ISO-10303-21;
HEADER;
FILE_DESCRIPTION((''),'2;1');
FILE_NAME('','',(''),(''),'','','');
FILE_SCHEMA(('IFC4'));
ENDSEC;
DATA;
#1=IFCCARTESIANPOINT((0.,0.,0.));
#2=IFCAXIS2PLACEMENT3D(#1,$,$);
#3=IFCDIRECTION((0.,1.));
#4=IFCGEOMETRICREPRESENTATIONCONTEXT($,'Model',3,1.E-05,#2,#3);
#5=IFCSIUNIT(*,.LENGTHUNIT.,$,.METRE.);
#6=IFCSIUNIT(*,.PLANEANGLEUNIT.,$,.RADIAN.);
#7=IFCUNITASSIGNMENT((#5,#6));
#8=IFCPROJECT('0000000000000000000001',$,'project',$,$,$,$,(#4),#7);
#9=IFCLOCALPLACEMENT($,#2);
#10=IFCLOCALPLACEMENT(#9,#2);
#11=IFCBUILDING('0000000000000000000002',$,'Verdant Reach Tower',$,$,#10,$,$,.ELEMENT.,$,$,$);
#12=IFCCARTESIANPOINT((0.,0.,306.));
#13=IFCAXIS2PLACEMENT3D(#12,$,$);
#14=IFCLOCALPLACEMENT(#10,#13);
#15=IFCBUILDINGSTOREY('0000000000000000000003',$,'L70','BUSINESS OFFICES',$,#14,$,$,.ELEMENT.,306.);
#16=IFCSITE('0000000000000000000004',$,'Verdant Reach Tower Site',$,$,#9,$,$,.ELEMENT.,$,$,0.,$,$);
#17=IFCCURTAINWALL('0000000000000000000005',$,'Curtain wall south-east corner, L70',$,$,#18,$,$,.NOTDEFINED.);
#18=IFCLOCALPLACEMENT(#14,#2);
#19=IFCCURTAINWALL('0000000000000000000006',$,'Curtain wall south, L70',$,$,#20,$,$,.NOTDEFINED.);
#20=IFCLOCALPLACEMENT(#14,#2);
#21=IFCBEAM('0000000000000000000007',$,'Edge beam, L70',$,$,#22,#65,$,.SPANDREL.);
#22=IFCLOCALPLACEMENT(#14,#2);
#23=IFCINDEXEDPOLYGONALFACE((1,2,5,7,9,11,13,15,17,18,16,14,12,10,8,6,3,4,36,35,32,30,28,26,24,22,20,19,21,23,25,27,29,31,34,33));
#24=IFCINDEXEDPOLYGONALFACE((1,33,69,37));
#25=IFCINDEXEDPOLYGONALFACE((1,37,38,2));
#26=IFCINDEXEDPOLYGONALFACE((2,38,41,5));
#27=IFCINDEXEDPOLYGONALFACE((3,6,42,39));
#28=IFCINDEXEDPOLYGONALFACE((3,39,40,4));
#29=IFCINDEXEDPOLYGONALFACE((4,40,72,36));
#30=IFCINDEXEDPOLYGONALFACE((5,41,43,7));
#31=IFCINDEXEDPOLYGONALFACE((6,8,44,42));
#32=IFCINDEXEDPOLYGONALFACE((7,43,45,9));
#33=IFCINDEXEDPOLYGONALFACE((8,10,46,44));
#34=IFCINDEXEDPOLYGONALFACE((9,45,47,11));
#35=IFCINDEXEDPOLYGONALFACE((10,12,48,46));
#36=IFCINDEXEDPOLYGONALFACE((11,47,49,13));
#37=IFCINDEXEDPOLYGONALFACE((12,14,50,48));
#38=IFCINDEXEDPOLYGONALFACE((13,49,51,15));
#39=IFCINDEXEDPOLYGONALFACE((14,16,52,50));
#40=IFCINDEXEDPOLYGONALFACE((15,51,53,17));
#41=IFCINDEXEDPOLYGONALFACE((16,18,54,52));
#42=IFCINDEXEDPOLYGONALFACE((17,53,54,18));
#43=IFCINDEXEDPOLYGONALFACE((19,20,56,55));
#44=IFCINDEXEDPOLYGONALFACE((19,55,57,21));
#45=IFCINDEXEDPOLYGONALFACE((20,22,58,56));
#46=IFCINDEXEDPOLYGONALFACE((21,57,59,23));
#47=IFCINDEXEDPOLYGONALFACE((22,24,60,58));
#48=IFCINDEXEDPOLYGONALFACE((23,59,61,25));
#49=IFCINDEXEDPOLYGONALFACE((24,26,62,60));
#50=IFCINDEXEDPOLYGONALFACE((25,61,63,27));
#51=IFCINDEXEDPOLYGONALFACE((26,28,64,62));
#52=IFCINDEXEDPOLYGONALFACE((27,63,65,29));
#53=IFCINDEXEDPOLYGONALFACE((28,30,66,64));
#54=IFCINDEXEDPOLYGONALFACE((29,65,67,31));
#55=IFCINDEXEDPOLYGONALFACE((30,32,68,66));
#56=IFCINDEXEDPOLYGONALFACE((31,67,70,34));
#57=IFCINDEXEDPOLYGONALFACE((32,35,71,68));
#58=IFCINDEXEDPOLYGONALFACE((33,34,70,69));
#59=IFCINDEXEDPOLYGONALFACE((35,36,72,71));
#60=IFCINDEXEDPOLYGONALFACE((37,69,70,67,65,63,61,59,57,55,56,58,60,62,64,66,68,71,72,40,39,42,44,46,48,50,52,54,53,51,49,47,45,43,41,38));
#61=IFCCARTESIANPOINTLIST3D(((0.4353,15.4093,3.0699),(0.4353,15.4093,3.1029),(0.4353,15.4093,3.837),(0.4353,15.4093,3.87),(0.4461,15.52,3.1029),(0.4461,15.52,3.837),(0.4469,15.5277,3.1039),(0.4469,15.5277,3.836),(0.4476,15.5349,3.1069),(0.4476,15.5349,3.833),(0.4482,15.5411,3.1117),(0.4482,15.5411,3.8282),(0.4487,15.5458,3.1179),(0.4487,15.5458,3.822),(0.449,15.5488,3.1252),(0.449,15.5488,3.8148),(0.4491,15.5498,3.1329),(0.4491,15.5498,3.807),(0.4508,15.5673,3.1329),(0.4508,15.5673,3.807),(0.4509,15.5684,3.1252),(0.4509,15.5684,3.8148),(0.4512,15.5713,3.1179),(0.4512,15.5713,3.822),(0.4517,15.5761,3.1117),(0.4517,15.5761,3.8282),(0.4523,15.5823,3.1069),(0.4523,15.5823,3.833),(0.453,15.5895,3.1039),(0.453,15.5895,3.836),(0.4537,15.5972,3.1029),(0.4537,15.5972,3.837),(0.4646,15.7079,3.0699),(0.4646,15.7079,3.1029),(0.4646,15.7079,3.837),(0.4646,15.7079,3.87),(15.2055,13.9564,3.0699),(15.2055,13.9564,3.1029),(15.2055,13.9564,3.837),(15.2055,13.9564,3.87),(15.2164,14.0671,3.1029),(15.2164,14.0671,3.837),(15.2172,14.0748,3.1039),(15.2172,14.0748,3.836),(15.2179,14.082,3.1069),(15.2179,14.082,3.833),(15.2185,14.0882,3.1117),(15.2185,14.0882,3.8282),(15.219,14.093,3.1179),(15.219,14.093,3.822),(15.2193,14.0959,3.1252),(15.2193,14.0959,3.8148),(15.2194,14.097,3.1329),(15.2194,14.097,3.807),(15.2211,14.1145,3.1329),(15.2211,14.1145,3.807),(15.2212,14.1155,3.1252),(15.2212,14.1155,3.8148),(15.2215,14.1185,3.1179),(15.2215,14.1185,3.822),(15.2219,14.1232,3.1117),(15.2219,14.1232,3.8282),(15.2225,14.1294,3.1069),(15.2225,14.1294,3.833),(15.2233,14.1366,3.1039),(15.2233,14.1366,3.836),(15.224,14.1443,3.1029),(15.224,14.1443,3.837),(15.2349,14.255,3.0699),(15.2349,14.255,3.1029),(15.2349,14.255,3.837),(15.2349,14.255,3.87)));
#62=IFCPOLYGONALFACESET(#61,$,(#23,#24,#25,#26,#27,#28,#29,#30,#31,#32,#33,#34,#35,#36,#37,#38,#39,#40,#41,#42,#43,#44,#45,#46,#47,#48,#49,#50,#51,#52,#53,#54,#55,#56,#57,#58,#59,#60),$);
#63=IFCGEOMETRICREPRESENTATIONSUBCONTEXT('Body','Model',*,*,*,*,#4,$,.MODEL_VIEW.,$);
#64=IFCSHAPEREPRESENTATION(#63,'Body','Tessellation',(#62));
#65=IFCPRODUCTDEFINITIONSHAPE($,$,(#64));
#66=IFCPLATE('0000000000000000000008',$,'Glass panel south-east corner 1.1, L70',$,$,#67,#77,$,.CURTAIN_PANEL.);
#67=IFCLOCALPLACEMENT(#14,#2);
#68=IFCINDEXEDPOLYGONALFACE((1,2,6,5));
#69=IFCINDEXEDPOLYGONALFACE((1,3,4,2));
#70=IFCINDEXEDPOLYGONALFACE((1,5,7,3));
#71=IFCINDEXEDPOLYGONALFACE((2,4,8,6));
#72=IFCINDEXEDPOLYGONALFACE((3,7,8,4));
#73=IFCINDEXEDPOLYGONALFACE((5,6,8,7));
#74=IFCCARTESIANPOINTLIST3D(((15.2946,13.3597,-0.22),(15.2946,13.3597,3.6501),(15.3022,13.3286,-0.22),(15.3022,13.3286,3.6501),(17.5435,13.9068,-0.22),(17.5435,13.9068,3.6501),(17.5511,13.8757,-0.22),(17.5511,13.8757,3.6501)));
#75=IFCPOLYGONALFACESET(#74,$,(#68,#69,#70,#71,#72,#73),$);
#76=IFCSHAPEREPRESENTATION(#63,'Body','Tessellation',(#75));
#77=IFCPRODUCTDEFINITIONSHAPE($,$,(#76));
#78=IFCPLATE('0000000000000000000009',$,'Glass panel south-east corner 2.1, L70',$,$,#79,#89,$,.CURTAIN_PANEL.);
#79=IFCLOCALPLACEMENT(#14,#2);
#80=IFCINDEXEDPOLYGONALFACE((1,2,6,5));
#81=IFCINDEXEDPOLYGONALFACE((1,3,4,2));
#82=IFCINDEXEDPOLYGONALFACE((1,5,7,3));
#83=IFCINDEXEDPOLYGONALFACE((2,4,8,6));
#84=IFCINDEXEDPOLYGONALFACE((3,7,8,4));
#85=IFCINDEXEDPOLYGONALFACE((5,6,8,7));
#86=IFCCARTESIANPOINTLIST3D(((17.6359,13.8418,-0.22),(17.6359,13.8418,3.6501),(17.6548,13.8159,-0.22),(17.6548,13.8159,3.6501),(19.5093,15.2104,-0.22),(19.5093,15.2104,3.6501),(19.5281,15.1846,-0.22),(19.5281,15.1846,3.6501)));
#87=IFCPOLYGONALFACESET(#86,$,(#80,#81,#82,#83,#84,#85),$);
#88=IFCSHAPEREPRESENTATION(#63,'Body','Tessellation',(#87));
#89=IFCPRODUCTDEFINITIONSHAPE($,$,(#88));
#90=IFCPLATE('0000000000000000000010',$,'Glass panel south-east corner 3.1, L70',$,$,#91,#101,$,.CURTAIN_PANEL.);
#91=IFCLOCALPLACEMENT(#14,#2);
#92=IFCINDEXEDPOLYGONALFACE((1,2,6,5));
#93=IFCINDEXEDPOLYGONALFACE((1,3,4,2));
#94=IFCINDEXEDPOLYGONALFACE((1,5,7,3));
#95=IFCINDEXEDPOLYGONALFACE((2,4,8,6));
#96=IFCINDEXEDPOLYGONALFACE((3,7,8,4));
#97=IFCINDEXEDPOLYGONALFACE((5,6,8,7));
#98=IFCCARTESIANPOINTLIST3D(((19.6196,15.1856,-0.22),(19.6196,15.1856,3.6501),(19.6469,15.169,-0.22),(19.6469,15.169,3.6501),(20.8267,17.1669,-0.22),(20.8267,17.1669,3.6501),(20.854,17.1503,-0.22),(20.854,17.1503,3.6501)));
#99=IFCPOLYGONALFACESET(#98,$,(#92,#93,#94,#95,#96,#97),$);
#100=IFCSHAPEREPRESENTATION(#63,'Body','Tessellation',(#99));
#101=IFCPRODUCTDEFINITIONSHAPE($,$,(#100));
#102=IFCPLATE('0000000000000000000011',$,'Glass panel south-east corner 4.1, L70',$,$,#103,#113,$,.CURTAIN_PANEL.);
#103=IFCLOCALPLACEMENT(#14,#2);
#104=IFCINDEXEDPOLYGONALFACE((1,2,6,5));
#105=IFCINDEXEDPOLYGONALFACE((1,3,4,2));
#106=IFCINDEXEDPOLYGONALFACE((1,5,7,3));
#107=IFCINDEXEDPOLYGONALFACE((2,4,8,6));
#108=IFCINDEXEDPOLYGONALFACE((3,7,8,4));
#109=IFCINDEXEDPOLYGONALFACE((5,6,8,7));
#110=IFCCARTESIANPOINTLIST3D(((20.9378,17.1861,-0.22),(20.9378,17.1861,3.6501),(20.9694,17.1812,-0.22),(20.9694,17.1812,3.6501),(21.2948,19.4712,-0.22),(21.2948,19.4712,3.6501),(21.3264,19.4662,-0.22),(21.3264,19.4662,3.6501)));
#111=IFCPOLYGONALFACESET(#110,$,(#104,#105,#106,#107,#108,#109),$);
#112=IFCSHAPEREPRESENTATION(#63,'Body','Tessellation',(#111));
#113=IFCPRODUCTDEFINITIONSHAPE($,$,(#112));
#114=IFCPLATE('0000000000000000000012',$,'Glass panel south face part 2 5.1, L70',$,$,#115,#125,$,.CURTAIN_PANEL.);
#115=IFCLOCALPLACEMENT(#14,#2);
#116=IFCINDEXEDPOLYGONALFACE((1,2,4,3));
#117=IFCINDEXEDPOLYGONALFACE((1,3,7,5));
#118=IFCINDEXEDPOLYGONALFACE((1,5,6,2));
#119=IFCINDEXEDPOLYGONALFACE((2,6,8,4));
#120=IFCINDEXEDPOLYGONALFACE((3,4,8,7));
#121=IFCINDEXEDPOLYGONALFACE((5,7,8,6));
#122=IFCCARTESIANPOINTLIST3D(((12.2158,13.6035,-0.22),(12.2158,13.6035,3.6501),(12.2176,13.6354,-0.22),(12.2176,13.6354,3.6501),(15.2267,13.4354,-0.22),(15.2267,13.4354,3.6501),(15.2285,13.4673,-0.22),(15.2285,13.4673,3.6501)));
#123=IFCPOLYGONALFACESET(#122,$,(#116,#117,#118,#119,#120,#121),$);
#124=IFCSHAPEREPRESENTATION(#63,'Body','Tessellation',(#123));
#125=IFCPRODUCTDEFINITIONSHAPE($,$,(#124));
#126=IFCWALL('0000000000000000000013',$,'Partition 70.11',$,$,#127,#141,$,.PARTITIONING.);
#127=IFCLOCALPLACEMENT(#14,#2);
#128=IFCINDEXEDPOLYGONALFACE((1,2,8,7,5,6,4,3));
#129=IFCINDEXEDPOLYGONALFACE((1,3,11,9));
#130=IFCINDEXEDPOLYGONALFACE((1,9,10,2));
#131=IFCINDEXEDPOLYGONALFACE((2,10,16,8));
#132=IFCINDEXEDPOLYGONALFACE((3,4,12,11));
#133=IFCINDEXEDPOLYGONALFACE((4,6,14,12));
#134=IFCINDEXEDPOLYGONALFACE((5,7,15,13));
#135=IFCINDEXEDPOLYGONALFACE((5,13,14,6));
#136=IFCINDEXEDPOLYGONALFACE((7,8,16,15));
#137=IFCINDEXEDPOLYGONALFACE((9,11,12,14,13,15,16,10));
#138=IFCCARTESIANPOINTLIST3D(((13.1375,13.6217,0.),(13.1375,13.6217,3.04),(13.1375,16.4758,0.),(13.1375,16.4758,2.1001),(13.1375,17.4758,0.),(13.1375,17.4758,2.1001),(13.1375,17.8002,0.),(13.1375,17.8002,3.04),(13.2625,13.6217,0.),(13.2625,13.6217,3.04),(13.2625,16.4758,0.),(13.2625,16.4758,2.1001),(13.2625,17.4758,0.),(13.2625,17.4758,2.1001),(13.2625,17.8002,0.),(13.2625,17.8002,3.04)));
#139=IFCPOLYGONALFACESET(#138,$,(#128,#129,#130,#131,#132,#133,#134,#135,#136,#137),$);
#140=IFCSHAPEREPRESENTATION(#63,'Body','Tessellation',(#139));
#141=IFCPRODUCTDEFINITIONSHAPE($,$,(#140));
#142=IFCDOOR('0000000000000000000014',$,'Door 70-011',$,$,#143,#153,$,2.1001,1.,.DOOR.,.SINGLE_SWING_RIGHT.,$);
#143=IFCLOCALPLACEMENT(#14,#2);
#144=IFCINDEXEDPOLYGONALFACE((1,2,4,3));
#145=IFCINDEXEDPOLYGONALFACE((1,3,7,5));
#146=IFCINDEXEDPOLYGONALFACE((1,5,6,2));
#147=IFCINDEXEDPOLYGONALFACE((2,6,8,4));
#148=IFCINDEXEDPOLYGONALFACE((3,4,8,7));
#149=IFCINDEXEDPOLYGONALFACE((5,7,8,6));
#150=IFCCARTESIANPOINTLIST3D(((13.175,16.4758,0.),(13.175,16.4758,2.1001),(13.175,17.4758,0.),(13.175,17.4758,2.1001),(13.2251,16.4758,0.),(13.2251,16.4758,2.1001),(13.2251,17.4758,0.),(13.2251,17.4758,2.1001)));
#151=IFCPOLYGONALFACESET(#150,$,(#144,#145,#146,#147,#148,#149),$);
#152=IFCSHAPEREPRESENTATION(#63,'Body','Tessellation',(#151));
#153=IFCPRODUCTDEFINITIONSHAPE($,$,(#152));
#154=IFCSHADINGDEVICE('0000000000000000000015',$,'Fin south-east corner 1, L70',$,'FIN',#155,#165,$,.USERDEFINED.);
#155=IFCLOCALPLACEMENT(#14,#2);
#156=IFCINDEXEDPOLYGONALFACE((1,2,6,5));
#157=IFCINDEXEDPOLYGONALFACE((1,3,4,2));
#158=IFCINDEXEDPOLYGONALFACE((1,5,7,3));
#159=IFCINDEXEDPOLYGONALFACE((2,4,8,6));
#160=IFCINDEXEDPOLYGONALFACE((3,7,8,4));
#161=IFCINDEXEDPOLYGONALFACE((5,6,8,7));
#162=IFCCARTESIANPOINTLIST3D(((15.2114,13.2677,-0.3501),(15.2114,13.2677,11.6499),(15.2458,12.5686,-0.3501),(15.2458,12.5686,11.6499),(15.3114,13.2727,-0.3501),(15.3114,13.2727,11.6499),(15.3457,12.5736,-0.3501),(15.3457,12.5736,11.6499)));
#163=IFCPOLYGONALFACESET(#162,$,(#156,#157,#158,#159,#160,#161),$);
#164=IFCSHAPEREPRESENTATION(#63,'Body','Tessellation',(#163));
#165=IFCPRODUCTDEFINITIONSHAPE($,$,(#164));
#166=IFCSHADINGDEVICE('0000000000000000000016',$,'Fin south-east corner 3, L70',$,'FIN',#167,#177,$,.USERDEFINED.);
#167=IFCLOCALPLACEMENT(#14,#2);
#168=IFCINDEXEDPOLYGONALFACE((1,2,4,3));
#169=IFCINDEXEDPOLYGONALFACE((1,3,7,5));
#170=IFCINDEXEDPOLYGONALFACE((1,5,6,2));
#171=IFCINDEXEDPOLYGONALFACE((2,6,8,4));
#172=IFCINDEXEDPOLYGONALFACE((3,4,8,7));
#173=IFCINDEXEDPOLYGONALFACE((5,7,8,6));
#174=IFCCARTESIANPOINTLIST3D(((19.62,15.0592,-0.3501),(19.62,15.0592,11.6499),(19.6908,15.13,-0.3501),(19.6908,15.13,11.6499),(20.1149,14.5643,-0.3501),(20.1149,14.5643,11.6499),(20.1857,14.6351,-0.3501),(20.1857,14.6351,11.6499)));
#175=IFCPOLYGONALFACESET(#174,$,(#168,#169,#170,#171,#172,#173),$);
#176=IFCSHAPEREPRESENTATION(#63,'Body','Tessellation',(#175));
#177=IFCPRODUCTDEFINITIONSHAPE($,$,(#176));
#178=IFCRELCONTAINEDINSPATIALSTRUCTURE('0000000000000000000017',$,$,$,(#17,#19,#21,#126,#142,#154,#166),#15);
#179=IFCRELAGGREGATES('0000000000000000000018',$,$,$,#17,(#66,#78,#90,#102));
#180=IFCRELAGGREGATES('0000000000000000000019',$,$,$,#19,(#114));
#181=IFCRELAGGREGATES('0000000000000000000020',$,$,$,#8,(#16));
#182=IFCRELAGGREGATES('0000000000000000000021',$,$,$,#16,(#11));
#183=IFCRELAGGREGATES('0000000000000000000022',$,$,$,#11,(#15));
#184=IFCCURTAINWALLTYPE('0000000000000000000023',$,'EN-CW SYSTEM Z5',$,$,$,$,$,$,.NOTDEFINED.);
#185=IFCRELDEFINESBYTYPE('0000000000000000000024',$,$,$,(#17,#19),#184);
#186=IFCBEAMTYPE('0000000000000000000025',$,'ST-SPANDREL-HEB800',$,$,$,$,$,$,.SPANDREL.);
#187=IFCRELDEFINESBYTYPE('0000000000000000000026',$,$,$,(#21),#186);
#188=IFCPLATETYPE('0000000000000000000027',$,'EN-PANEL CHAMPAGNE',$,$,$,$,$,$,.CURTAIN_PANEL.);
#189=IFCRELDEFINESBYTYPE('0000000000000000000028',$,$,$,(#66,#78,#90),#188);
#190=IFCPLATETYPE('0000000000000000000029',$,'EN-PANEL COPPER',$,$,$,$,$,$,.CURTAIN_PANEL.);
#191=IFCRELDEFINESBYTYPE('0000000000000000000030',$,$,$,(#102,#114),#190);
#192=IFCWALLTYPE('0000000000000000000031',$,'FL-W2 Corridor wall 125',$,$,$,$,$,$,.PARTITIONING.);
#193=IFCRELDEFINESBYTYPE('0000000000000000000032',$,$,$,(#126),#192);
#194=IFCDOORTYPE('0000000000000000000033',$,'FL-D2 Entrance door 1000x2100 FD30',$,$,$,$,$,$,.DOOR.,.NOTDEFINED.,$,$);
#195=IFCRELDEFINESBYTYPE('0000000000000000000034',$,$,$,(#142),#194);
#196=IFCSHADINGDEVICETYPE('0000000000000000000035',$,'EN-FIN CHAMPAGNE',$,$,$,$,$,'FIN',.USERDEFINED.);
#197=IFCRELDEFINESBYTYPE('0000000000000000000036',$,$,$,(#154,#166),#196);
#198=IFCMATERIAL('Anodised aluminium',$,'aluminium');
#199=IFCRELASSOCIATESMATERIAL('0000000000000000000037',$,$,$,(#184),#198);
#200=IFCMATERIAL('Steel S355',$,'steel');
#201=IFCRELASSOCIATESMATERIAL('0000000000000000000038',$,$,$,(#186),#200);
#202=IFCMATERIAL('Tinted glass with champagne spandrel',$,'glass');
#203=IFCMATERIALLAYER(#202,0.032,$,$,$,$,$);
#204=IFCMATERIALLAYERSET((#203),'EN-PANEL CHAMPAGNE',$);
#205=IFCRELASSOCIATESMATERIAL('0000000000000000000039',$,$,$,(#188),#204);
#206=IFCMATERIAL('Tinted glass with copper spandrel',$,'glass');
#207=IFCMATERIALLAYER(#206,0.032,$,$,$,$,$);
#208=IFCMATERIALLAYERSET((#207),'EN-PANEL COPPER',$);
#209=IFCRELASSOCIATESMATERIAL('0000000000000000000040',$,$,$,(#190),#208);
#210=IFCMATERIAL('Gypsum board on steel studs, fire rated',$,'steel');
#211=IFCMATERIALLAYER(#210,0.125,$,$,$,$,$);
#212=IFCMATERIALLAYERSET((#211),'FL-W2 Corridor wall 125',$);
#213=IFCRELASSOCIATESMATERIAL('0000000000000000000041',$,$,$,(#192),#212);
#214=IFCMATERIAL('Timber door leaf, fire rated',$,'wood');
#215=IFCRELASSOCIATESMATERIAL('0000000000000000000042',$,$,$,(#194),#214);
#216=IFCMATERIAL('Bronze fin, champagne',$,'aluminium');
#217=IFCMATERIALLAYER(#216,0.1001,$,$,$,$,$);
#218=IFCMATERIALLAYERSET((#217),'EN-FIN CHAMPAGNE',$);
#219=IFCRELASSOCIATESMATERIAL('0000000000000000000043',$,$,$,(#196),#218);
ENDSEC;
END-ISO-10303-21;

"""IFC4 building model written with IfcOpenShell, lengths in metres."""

from ifc_helpers import new_model, si_unit, direction, frame, frame_2d, origin, origin_2d, place, context, subcontext, project, spatial, rectangle, i_section, extrude, material, layer, layer_set, material_profile, profile_set, type_object, element, fill, aggregate, save


model = new_model("IFC4")

# Units and contexts
model_context = context("Model", 3, precision=1e-05, world=origin(), true_north=direction((0.0, 1.0)))
body_context = subcontext(model_context, "Body", "Model", "MODEL_VIEW")
ifc_project = project(units=[si_unit("LENGTHUNIT", "METRE"), si_unit("PLANEANGLEUNIT", "RADIAN")], contexts=[model_context])

# Site, building, storey
site_placement = place(None, origin())
site = spatial("IfcSite", under=ifc_project, at=site_placement, Name="Verdant Reach Tower Site", CompositionType="ELEMENT", RefElevation=0.0)
building_placement = place(site_placement, origin())
building = spatial("IfcBuilding", under=site, at=building_placement, Name="Verdant Reach Tower", CompositionType="ELEMENT")
storey_placement = place(building_placement, frame((0.0, 0.0, 306.0)))
storey = spatial("IfcBuildingStorey", under=building, at=storey_placement, Name="L70", Description="BUSINESS OFFICES", CompositionType="ELEMENT", Elevation=306.0)

# Curtain wall
ifc_material_1 = material(Name="Anodised aluminium", Category="aluminium")
curtain_wall_type = type_object("IfcCurtainWallType", Name="EN-CW SYSTEM Z5", PredefinedType="NOTDEFINED", material=ifc_material_1)
curtain_wall_1_placement = place(storey_placement, origin())
curtain_wall_1 = element("IfcCurtainWall", 1, at=curtain_wall_1_placement, inside=storey, type_object=curtain_wall_type, Name="Curtain wall south-east corner, L70", PredefinedType="NOTDEFINED")

# Curtain wall
curtain_wall_2_placement = place(storey_placement, origin())
curtain_wall_2 = element("IfcCurtainWall", 2, at=curtain_wall_2_placement, inside=storey, type_object=curtain_wall_type, Name="Curtain wall south, L70", PredefinedType="NOTDEFINED")

# Beam
ifc_material_2 = material(Name="Steel S355", Category="steel")
ifc_material_profile_1 = material_profile(ifc_material_2, i_section(OverallWidth=0.3, OverallDepth=0.8, WebThickness=0.0176, FlangeThickness=0.033, FilletRadius=0.03, at=origin_2d()), Name="HEB 800")
ifc_profile_set_1 = profile_set([ifc_material_profile_1], Name="Steel S355")
beam_type_1 = type_object("IfcBeamType", Name="ST-SPANDREL-HEB800", PredefinedType="SPANDREL", material=ifc_profile_set_1)
beam_1_placement = place(storey_placement, frame((15.2202, 14.1057, 3.47), z_axis=(-0.995197, 0.097893, 0.0), x_axis=(-0.097893, -0.995197, 0.0)))
element("IfcBeam", 3, at=beam_1_placement, inside=storey, type_object=beam_type_1, Name="Edge beam, L70", PredefinedType="SPANDREL", context=body_context, shape_type="SweptSolid", body=[
    extrude(i_section(OverallWidth=0.3, OverallDepth=0.8, WebThickness=0.0176, FlangeThickness=0.033, FilletRadius=0.03, at=origin_2d()), origin(), (0.0, 0.0, 1.0), 14.8416),
])

# Plates
ifc_material_3 = material(Name="Tinted glass with champagne spandrel", Category="glass")
ifc_layer_1 = layer(ifc_material_3, 0.032)
ifc_layer_set_1 = layer_set([ifc_layer_1], Name="EN-PANEL CHAMPAGNE")
plate_type_1 = type_object("IfcPlateType", Name="EN-PANEL CHAMPAGNE", PredefinedType="CURTAIN_PANEL", material=ifc_layer_set_1)
plate_1_placement = place(storey_placement, frame((16.4229, 13.6177, -0.22), z_axis=(0.0, 0.0, 1.0), x_axis=(0.971662, 0.236376, 0.0)))
plate_1 = element("IfcPlate", 4, at=plate_1_placement, type_object=plate_type_1, Name="Glass panel south-east corner 1.1, L70", PredefinedType="CURTAIN_PANEL", context=body_context, shape_type="SweptSolid", body=[
    extrude(rectangle(XDim=2.3145, YDim=0.032, at=origin_2d()), origin(), (0.0, 0.0, 1.0), 3.8701),
])
plate_2_placement = place(storey_placement, frame((18.582, 14.5132, -0.22), z_axis=(0.0, 0.0, 1.0), x_axis=(0.807457, 0.589927, 0.0)))
plate_2 = element("IfcPlate", 5, at=plate_2_placement, type_object=plate_type_1, Name="Glass panel south-east corner 2.1, L70", PredefinedType="CURTAIN_PANEL", context=body_context, shape_type="SweptSolid", body=[
    extrude(rectangle(XDim=2.3201, YDim=0.032, at=origin_2d()), origin(), (0.0, 0.0, 1.0), 3.8701),
])
plate_3_placement = place(storey_placement, frame((20.2368, 16.168, -0.22), z_axis=(0.0, 0.0, 1.0), x_axis=(0.520292, 0.853989, 0.0)))
plate_3 = element("IfcPlate", 6, at=plate_3_placement, type_object=plate_type_1, Name="Glass panel south-east corner 3.1, L70", PredefinedType="CURTAIN_PANEL", context=body_context, shape_type="SweptSolid", body=[
    extrude(rectangle(XDim=2.3201, YDim=0.032, at=origin_2d()), origin(), (0.0, 0.0, 1.0), 3.8701),
])
ifc_material_4 = material(Name="Tinted glass with copper spandrel", Category="glass")
ifc_layer_2 = layer(ifc_material_4, 0.032)
ifc_layer_set_2 = layer_set([ifc_layer_2], Name="EN-PANEL COPPER")
plate_type_2 = type_object("IfcPlateType", Name="EN-PANEL COPPER", PredefinedType="CURTAIN_PANEL", material=ifc_layer_set_2)
plate_4_placement = place(storey_placement, frame((21.1321, 18.3262, -0.22), z_axis=(0.0, 0.0, 1.0), x_axis=(0.154337, 0.988018, 0.0)))
plate_4 = element("IfcPlate", 7, at=plate_4_placement, type_object=plate_type_2, Name="Glass panel south-east corner 4.1, L70", PredefinedType="CURTAIN_PANEL", context=body_context, shape_type="SweptSolid", body=[
    extrude(rectangle(XDim=2.3127, YDim=0.032, at=origin_2d()), origin(), (0.0, 0.0, 1.0), 3.8701),
])
aggregate(curtain_wall_1, [plate_1, plate_2, plate_3, plate_4])
plate_5_placement = place(storey_placement, frame((13.7222, 13.5354, -0.22), z_axis=(0.0, 0.0, 1.0), x_axis=(0.998446, -0.055725, 0.0)))
plate_5 = element("IfcPlate", 8, at=plate_5_placement, type_object=plate_type_2, Name="Glass panel south face part 2 5.1, L70", PredefinedType="CURTAIN_PANEL", context=body_context, shape_type="SweptSolid", body=[
    extrude(rectangle(XDim=3.0156, YDim=0.032, at=origin_2d()), origin(), (0.0, 0.0, 1.0), 3.8701),
])
aggregate(curtain_wall_2, [plate_5])

# Wall, opening, door
ifc_material_5 = material(Name="Gypsum board on steel studs, fire rated", Category="steel")
ifc_layer_3 = layer(ifc_material_5, 0.125)
ifc_layer_set_3 = layer_set([ifc_layer_3], Name="FL-W2 Corridor wall 125")
wall_type = type_object("IfcWallType", Name="FL-W2 Corridor wall 125", PredefinedType="PARTITIONING", material=ifc_layer_set_3)
wall_placement = place(storey_placement, frame((13.2, 13.6216, 0.0), z_axis=(0.0, 0.0, 1.0), x_axis=(0.0, 1.0, 0.0)))
wall = element("IfcWall", 9, at=wall_placement, inside=storey, type_object=wall_type, Name="Partition 70.11", PredefinedType="PARTITIONING", context=body_context, shape_type="SweptSolid", body=[
    extrude(rectangle(XDim=4.1785, YDim=0.125, at=frame_2d((2.0894, 0.0))), origin(), (0.0, 0.0, 1.0), 3.04),
])
opening_placement = place(wall_placement, frame((2.8542, 0.0, 0.0)))
opening = element("IfcOpeningElement", 10, at=opening_placement, cuts=wall, PredefinedType="OPENING", context=body_context, shape_type="SweptSolid", body=[
    extrude(rectangle(XDim=1.0, YDim=2.1001, at=frame_2d((0.5, 1.05))), frame((0.0, 0.0725, 0.0), z_axis=(0.0, -1.0, 0.0), x_axis=(1.0, 0.0, 0.0)), (0.0, 0.0, 1.0), 0.145),
])
ifc_material_6 = material(Name="Timber door leaf, fire rated", Category="wood")
door_type = type_object("IfcDoorType", Name="FL-D2 Entrance door 1000x2100 FD30", OperationType="NOTDEFINED", PredefinedType="DOOR", material=ifc_material_6)
door_placement = place(opening_placement, origin())
door = element("IfcDoor", 11, at=door_placement, inside=storey, type_object=door_type, Name="Door 70-011", OperationType="SINGLE_SWING_RIGHT", OverallHeight=2.1001, OverallWidth=1.0, PredefinedType="DOOR", context=body_context, shape_type="SweptSolid", body=[
    extrude(rectangle(XDim=1.0, YDim=2.1001, at=frame_2d((0.5, 1.05))), frame((0.0, 0.0249, 0.0), z_axis=(0.0, -1.0, 0.0), x_axis=(1.0, 0.0, 0.0)), (0.0, 0.0, 1.0), 0.05),
])
fill(opening, door)

# Shading devices
ifc_material_7 = material(Name="Bronze fin, champagne", Category="aluminium")
ifc_layer_4 = layer(ifc_material_7, 0.1001)
ifc_layer_set_4 = layer_set([ifc_layer_4], Name="EN-FIN CHAMPAGNE")
shading_device_type_1 = type_object("IfcShadingDeviceType", Name="EN-FIN CHAMPAGNE", ElementType="FIN", PredefinedType="USERDEFINED", material=ifc_layer_set_4)
for number, where, z_axis, x_axis, name in (
    (12, (15.2786, 12.9207, -0.3501), (0.0, 0.0, 1.0), (0.998793, 0.049128, 0.0), "Fin south-east corner 1, L70"),
    (13, (19.9028, 14.8472, -0.3501), (0.0, 0.0, 1.0), (0.707107, 0.707107, 0.0), "Fin south-east corner 3, L70"),
):
    element("IfcShadingDevice", number, at=place(storey_placement, frame(where, z_axis=z_axis, x_axis=x_axis)), inside=storey, type_object=shading_device_type_1, Name=name, ObjectType="FIN", PredefinedType="USERDEFINED", context=body_context, shape_type="SweptSolid", body=[
        extrude(rectangle(XDim=0.1001, YDim=0.7, at=origin_2d()), origin(), (0.0, 0.0, 1.0), 12.0),
    ])

save(model, "model.ifc")
